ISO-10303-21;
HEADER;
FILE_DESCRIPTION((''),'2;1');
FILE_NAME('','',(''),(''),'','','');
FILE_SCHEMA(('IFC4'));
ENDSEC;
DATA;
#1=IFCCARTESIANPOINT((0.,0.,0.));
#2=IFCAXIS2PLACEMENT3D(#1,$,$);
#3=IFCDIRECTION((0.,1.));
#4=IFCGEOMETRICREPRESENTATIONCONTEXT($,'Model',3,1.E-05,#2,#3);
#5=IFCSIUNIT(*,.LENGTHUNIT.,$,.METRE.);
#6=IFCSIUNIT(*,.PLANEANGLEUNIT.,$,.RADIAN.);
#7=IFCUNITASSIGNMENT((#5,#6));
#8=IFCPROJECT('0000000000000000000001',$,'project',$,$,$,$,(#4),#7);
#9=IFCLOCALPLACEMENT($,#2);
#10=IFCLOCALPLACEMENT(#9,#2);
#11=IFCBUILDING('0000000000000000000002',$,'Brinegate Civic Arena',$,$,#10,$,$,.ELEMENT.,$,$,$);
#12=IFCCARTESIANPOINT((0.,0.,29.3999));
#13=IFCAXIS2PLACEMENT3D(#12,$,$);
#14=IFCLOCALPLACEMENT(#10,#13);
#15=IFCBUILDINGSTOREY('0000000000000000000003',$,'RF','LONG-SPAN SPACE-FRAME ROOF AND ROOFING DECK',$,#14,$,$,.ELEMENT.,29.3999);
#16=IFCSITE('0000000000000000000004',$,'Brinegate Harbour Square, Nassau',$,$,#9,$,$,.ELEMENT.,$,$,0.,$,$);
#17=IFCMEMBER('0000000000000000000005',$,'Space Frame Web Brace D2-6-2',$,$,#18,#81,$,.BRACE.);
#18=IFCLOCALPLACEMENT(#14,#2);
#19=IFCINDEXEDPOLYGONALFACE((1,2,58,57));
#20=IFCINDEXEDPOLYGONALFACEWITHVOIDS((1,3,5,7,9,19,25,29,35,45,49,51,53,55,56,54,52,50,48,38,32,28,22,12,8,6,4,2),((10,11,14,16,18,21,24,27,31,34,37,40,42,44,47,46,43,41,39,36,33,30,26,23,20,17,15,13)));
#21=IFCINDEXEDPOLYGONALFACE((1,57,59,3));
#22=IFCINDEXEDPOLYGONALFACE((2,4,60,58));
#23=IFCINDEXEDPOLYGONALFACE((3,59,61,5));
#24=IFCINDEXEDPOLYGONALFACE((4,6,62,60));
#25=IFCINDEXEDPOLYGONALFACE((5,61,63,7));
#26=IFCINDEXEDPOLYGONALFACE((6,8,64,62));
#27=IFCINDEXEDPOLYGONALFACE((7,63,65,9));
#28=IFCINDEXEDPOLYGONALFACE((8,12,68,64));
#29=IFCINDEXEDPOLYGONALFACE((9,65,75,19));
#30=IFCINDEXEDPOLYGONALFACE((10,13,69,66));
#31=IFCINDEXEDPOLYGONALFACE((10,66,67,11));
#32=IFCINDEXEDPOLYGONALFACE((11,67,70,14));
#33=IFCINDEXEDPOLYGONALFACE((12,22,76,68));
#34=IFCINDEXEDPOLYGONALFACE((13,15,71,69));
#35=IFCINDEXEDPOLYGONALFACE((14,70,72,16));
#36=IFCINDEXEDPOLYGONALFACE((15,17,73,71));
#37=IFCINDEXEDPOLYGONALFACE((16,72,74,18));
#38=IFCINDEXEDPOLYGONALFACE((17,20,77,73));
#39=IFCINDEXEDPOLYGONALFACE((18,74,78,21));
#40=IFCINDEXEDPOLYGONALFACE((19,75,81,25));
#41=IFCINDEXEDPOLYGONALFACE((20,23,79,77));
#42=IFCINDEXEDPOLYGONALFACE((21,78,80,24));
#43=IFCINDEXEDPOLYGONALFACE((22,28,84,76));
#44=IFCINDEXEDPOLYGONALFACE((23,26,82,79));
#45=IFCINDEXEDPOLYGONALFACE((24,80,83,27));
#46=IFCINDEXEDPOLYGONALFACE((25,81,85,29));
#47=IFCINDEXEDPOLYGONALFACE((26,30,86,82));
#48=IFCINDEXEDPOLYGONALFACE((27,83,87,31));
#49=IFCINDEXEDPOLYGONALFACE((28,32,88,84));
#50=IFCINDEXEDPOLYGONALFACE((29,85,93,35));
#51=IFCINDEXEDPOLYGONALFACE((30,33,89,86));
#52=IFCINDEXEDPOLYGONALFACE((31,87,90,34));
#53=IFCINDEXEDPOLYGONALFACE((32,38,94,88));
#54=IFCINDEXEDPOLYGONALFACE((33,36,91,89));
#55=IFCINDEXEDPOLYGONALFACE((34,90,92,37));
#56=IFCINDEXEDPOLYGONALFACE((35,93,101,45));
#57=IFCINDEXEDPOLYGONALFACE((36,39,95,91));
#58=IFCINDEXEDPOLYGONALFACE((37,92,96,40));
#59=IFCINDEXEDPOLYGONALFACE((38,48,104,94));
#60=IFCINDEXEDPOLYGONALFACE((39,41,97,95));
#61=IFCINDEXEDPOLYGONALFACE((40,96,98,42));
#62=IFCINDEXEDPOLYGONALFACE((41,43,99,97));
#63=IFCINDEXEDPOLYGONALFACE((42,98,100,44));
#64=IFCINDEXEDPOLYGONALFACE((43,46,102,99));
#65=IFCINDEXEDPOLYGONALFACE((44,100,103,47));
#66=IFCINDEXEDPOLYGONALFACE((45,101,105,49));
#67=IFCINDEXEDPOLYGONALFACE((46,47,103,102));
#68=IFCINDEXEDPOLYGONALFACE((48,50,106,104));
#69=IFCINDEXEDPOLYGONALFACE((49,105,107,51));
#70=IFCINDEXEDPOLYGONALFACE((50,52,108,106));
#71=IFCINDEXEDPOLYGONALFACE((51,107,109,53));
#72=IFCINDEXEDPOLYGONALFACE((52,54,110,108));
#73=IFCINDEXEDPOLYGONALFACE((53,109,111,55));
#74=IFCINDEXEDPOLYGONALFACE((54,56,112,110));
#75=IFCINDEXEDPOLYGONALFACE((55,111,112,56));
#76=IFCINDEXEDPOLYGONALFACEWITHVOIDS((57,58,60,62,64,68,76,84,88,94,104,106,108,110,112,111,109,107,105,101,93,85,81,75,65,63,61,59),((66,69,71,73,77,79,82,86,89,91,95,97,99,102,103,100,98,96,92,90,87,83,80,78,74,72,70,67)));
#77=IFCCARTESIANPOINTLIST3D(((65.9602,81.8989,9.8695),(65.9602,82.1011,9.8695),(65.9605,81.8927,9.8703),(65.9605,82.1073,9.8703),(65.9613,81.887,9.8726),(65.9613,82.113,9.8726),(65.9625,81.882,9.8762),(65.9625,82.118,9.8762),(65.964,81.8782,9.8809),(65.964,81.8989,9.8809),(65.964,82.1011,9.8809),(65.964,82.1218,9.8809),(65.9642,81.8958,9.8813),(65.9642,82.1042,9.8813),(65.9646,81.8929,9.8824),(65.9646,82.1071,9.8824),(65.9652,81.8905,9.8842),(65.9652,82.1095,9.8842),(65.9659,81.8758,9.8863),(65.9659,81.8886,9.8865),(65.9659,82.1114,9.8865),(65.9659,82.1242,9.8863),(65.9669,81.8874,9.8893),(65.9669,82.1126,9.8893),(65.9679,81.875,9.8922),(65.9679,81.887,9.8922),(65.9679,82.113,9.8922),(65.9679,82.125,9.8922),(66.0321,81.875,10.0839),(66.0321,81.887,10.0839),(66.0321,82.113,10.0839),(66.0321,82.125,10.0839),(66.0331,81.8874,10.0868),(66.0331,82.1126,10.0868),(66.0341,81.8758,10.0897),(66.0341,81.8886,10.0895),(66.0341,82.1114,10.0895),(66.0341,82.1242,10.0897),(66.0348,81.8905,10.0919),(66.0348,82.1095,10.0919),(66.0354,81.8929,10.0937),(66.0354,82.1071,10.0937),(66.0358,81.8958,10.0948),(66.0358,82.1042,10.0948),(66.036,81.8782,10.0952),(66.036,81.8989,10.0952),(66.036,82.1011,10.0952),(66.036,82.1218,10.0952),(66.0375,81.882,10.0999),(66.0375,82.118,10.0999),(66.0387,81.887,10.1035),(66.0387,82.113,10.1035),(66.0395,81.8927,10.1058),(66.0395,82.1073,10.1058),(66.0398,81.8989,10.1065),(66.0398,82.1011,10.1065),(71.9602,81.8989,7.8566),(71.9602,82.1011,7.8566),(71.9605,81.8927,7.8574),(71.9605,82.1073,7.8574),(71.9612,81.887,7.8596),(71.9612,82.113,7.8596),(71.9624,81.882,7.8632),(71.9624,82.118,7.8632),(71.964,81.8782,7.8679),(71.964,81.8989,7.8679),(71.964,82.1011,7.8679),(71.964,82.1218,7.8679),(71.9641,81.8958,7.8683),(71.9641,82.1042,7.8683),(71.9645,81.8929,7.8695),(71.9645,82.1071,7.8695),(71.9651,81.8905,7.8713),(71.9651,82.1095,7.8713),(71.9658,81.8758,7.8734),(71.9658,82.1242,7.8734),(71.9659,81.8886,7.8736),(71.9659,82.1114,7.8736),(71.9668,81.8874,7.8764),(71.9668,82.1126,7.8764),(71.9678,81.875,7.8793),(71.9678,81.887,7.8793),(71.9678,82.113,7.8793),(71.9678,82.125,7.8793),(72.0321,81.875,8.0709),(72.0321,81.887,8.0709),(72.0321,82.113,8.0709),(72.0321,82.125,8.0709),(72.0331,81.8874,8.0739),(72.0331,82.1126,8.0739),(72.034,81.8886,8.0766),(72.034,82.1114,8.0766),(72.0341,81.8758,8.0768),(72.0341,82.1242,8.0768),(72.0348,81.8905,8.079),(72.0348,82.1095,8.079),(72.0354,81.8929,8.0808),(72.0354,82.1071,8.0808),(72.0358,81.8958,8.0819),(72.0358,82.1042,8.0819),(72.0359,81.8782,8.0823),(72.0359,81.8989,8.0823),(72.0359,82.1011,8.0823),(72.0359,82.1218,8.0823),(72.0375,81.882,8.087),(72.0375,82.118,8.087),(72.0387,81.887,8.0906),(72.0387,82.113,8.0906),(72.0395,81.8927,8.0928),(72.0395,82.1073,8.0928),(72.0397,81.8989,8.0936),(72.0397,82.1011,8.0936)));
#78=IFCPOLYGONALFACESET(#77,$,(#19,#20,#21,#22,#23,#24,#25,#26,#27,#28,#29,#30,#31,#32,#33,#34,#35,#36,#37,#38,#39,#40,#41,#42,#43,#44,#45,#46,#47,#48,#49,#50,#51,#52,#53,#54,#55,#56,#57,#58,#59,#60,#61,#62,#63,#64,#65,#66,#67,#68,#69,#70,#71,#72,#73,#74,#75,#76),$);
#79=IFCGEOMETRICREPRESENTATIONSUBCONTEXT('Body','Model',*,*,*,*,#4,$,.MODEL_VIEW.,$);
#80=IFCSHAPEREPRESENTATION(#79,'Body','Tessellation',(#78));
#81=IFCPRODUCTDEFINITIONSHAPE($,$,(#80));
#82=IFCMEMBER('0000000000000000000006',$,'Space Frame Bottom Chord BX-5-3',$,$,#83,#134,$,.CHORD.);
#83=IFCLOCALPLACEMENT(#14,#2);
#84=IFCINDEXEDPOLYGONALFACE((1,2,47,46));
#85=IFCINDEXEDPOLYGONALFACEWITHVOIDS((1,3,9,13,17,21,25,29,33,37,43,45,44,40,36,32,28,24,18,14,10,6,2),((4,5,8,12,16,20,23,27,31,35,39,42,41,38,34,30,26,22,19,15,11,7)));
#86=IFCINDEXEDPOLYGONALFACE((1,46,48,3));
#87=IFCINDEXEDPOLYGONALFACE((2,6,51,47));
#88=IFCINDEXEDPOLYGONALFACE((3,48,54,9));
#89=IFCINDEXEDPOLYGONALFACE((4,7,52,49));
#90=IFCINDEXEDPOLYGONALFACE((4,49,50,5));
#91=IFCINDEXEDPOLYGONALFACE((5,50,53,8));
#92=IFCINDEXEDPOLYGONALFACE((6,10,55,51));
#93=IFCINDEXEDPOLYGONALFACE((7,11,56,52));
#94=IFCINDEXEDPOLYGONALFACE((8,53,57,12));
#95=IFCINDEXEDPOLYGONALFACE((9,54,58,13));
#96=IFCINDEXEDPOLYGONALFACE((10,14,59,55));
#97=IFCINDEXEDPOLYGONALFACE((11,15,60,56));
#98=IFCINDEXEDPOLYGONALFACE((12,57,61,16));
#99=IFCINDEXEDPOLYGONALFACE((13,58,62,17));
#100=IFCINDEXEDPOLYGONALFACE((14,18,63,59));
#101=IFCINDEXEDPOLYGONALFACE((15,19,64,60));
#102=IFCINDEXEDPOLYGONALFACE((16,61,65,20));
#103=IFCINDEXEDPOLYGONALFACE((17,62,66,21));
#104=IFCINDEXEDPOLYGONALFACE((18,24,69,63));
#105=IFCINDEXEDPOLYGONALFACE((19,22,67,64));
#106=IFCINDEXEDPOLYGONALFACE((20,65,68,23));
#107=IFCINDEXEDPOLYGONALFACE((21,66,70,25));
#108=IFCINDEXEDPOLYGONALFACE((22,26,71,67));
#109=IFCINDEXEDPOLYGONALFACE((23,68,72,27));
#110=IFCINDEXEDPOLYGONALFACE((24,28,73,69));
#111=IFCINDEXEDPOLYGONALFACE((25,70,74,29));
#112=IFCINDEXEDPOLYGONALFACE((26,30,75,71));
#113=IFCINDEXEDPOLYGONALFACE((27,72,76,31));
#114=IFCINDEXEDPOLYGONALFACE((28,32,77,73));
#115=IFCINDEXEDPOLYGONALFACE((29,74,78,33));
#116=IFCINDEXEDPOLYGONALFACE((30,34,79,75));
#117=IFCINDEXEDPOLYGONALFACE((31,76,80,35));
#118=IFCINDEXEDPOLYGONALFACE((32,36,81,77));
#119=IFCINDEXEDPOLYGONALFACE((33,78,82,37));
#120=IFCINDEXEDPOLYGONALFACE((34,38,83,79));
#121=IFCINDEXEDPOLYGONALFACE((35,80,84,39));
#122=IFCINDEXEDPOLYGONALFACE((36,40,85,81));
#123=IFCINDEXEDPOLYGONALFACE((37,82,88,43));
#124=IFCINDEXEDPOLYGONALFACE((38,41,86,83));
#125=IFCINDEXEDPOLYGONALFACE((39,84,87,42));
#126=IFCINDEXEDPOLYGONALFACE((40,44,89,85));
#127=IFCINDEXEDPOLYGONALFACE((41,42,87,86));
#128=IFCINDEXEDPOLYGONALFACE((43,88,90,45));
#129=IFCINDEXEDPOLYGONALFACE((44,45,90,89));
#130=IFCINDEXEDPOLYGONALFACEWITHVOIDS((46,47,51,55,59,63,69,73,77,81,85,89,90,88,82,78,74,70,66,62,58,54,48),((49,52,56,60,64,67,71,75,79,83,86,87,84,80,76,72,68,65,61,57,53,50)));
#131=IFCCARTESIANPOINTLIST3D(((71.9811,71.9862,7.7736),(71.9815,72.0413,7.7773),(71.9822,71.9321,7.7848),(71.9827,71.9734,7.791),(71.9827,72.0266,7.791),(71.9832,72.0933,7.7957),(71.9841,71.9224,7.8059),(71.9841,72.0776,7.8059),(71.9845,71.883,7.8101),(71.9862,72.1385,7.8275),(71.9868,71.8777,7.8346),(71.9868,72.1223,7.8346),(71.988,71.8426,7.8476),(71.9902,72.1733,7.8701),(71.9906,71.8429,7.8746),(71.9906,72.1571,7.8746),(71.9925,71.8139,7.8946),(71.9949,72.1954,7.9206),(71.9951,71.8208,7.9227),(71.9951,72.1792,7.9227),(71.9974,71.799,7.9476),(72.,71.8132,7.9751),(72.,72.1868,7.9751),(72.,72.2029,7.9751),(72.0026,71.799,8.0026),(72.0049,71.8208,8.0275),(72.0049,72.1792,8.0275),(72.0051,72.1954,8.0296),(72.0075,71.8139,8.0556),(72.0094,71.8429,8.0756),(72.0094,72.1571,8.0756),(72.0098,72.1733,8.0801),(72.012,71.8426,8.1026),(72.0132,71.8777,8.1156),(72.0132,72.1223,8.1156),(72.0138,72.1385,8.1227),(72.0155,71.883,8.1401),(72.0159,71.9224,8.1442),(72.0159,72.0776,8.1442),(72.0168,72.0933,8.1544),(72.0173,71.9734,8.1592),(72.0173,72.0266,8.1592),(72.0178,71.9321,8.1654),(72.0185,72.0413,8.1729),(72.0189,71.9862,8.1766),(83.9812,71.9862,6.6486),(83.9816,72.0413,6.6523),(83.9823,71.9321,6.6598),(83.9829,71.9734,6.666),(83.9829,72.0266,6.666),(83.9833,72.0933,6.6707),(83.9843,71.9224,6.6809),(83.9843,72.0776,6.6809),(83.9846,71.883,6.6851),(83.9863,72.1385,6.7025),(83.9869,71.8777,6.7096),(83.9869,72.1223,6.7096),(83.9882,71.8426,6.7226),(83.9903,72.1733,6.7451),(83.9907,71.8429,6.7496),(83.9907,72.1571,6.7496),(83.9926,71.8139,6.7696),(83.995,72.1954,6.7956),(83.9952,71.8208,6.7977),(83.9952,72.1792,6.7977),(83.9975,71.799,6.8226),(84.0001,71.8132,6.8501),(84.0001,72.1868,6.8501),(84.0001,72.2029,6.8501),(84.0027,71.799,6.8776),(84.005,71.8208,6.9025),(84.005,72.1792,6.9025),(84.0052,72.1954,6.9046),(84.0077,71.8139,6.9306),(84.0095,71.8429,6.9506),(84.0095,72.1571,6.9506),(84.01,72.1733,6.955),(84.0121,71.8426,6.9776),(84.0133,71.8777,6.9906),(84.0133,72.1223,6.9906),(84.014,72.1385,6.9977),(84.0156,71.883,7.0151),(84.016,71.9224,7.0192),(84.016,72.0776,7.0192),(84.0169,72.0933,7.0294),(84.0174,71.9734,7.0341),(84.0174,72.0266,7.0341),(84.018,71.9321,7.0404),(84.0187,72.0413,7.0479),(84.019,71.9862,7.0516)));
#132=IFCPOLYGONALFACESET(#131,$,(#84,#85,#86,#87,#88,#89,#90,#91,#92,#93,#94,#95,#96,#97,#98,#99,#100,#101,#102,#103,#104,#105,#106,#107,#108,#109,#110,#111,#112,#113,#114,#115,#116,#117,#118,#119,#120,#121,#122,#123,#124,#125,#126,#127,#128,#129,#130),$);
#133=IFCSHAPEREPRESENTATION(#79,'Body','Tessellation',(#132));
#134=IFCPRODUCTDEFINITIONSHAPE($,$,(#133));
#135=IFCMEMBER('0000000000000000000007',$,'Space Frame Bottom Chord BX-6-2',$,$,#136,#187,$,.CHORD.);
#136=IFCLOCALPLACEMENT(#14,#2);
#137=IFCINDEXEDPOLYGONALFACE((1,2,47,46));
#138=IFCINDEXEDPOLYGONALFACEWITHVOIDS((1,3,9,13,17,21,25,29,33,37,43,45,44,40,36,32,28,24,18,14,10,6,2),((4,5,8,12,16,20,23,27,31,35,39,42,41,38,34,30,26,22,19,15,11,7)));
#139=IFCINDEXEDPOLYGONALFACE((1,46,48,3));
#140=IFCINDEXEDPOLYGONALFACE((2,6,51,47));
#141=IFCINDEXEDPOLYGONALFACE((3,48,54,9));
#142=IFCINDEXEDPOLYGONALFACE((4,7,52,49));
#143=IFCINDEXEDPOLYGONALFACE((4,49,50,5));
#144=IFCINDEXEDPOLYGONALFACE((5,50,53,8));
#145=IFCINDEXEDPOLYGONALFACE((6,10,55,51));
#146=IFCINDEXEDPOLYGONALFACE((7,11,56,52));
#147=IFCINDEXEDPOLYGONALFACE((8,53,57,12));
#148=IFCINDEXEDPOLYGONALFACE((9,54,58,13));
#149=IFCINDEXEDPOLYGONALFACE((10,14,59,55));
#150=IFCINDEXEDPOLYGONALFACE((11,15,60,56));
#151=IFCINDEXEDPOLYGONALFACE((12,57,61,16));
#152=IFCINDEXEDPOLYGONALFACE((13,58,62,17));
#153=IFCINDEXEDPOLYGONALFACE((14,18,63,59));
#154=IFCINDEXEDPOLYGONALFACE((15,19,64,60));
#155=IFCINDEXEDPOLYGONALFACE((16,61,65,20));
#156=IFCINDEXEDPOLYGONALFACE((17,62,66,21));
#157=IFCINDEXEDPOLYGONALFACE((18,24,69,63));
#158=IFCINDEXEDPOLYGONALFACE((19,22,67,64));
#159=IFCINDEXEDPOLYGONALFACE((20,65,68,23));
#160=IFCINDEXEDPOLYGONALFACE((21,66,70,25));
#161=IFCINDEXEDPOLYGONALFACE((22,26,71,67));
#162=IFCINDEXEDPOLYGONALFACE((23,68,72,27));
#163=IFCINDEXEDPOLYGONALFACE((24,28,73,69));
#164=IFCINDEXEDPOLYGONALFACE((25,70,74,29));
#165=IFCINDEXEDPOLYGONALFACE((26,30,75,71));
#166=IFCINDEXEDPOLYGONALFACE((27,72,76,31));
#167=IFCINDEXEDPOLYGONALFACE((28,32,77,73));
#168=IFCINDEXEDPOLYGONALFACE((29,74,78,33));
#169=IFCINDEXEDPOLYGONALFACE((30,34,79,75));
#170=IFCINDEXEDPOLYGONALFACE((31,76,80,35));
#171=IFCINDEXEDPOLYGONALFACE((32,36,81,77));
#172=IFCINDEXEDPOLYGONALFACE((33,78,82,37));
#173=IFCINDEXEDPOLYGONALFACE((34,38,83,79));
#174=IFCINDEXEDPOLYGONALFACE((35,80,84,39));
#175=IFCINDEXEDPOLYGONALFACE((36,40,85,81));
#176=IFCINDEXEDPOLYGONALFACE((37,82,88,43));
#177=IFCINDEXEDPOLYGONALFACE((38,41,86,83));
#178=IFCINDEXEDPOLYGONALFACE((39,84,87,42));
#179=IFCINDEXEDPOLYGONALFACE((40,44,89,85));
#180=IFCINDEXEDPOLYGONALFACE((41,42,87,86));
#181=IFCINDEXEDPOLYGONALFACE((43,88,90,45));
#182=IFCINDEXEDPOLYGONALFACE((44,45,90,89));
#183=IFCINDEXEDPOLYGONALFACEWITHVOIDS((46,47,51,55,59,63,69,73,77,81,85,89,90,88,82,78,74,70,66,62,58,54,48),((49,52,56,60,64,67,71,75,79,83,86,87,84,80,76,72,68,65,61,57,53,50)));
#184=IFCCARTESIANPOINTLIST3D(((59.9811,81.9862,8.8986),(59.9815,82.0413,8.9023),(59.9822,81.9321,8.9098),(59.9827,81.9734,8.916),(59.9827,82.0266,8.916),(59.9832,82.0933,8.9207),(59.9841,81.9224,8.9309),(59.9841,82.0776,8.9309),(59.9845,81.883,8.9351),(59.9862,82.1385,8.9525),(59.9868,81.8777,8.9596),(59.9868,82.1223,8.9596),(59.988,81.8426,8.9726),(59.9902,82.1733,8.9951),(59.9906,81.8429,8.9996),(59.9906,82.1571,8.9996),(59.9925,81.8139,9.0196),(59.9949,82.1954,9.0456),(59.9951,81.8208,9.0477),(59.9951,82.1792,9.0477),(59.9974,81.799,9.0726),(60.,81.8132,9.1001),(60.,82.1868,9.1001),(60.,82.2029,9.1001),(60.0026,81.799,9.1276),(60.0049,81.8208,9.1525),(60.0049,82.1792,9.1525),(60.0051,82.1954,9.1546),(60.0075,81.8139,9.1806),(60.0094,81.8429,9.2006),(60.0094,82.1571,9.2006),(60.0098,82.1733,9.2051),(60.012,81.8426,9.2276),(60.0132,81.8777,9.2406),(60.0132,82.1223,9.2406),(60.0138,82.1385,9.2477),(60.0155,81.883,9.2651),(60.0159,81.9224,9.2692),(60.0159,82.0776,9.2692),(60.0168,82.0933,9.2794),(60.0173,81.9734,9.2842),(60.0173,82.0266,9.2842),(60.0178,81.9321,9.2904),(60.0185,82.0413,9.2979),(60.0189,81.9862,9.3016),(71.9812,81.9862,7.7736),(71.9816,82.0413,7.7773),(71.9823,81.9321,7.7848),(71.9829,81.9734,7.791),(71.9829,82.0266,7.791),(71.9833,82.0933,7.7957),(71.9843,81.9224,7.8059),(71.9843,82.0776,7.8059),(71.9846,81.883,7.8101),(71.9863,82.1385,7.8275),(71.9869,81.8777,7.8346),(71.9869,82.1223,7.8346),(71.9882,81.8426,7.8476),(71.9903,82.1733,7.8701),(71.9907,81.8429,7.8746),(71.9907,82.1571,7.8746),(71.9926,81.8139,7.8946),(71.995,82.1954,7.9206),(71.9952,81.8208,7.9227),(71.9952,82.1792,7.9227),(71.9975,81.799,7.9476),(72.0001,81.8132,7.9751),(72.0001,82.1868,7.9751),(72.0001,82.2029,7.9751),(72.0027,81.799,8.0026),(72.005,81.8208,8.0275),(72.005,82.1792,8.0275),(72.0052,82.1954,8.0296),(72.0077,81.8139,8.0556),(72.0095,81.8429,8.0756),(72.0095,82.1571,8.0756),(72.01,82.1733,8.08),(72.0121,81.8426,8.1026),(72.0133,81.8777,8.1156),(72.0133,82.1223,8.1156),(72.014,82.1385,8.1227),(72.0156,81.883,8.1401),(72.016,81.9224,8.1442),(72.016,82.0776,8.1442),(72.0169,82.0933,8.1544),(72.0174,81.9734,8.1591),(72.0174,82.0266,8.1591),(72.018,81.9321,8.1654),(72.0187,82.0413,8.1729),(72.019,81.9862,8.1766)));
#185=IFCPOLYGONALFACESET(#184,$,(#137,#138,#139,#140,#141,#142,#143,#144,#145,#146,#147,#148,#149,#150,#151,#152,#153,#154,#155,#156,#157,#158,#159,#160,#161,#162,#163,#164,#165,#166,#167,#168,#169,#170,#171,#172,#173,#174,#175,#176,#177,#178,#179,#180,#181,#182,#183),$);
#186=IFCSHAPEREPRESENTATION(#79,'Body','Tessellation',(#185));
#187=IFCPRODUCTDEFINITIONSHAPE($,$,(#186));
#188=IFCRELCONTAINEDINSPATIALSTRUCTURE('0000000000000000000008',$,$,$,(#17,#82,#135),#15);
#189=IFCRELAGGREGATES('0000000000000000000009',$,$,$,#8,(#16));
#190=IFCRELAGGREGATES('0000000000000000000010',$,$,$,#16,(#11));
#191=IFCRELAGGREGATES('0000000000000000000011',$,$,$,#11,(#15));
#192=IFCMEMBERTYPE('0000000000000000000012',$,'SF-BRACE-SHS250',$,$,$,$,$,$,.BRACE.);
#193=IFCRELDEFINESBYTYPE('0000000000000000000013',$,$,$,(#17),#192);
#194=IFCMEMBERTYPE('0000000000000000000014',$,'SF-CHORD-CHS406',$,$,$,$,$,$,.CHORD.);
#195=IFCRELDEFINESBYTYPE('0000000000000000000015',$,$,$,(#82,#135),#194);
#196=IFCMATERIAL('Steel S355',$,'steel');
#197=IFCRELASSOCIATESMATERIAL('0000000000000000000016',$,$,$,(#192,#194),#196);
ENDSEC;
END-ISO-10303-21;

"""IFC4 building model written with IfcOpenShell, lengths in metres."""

from ifc_helpers import new_model, si_unit, direction, frame, origin, origin_2d, place, context, subcontext, project, spatial, hollow_rectangle, hollow_circle, extrude, material, material_profile, profile_set, type_object, element, save


model = new_model("IFC4")

# Units and contexts
model_context = context("Model", 3, precision=1e-05, world=origin(), true_north=direction((0.0, 1.0)))
body_context = subcontext(model_context, "Body", "Model", "MODEL_VIEW")
ifc_project = project(units=[si_unit("LENGTHUNIT", "METRE"), si_unit("PLANEANGLEUNIT", "RADIAN")], contexts=[model_context])

# Site, building, storey
site_placement = place(None, origin())
site = spatial("IfcSite", under=ifc_project, at=site_placement, Name="Brinegate Harbour Square, Nassau", CompositionType="ELEMENT", RefElevation=0.0)
building_placement = place(site_placement, origin())
building = spatial("IfcBuilding", under=site, at=building_placement, Name="Brinegate Civic Arena", CompositionType="ELEMENT")
storey_placement = place(building_placement, frame((0.0, 0.0, 29.3999)))
storey = spatial("IfcBuildingStorey", under=building, at=storey_placement, Name="RF", Description="LONG-SPAN SPACE-FRAME ROOF AND ROOFING DECK", CompositionType="ELEMENT", Elevation=29.3999)

# Shared definitions
ifc_material_1 = material(Name="Steel S355", Category="steel")

# Members
ifc_material_profile_1 = material_profile(ifc_material_1, hollow_rectangle(XDim=0.25, YDim=0.25, WallThickness=0.012, InnerFilletRadius=0.012, OuterFilletRadius=0.0239, at=origin_2d()), Name="SHS250X12")
ifc_profile_set_1 = profile_set([ifc_material_profile_1], Name="Steel S355")
member_type_1 = type_object("IfcMemberType", Name="SF-BRACE-SHS250", PredefinedType="BRACE", material=ifc_profile_set_1)
member_1_placement = place(storey_placement, frame((66.0, 82.0, 9.988), z_axis=(0.948068, 0.0, -0.318067), x_axis=(0.0, 1.0, 0.0)))
element("IfcMember", 1, at=member_1_placement, inside=storey, type_object=member_type_1, Name="Space Frame Web Brace D2-6-2", PredefinedType="BRACE", context=body_context, shape_type="SweptSolid", body=[
    extrude(hollow_rectangle(XDim=0.25, YDim=0.25, WallThickness=0.012, InnerFilletRadius=0.012, OuterFilletRadius=0.0239, at=origin_2d()), origin(), (0.0, 0.0, 1.0), 6.3286),
])
ifc_material_profile_2 = material_profile(ifc_material_1, hollow_circle(Radius=0.2029, WallThickness=0.0161, at=origin_2d()), Name="CHS406X16")
ifc_profile_set_2 = profile_set([ifc_material_profile_2], Name="Steel S355")
member_type_2 = type_object("IfcMemberType", Name="SF-CHORD-CHS406", PredefinedType="CHORD", material=ifc_profile_set_2)
for number, where, z_axis, x_axis, name in (
    (2, (72.0, 72.0, 7.9751), (0.995634, 0.0, -0.093341), (0.0, 1.0, 0.0), "Space Frame Bottom Chord BX-5-3"),
    (3, (60.0, 82.0, 9.1001), (0.995634, 0.0, -0.093341), (0.0, 1.0, 0.0), "Space Frame Bottom Chord BX-6-2"),
):
    element("IfcMember", number, at=place(storey_placement, frame(where, z_axis=z_axis, x_axis=x_axis)), inside=storey, type_object=member_type_2, Name=name, PredefinedType="CHORD", context=body_context, shape_type="SweptSolid", body=[
        extrude(hollow_circle(Radius=0.2029, WallThickness=0.0161, at=origin_2d()), origin(), (0.0, 0.0, 1.0), 12.0527),
    ])

save(model, "model.ifc")
